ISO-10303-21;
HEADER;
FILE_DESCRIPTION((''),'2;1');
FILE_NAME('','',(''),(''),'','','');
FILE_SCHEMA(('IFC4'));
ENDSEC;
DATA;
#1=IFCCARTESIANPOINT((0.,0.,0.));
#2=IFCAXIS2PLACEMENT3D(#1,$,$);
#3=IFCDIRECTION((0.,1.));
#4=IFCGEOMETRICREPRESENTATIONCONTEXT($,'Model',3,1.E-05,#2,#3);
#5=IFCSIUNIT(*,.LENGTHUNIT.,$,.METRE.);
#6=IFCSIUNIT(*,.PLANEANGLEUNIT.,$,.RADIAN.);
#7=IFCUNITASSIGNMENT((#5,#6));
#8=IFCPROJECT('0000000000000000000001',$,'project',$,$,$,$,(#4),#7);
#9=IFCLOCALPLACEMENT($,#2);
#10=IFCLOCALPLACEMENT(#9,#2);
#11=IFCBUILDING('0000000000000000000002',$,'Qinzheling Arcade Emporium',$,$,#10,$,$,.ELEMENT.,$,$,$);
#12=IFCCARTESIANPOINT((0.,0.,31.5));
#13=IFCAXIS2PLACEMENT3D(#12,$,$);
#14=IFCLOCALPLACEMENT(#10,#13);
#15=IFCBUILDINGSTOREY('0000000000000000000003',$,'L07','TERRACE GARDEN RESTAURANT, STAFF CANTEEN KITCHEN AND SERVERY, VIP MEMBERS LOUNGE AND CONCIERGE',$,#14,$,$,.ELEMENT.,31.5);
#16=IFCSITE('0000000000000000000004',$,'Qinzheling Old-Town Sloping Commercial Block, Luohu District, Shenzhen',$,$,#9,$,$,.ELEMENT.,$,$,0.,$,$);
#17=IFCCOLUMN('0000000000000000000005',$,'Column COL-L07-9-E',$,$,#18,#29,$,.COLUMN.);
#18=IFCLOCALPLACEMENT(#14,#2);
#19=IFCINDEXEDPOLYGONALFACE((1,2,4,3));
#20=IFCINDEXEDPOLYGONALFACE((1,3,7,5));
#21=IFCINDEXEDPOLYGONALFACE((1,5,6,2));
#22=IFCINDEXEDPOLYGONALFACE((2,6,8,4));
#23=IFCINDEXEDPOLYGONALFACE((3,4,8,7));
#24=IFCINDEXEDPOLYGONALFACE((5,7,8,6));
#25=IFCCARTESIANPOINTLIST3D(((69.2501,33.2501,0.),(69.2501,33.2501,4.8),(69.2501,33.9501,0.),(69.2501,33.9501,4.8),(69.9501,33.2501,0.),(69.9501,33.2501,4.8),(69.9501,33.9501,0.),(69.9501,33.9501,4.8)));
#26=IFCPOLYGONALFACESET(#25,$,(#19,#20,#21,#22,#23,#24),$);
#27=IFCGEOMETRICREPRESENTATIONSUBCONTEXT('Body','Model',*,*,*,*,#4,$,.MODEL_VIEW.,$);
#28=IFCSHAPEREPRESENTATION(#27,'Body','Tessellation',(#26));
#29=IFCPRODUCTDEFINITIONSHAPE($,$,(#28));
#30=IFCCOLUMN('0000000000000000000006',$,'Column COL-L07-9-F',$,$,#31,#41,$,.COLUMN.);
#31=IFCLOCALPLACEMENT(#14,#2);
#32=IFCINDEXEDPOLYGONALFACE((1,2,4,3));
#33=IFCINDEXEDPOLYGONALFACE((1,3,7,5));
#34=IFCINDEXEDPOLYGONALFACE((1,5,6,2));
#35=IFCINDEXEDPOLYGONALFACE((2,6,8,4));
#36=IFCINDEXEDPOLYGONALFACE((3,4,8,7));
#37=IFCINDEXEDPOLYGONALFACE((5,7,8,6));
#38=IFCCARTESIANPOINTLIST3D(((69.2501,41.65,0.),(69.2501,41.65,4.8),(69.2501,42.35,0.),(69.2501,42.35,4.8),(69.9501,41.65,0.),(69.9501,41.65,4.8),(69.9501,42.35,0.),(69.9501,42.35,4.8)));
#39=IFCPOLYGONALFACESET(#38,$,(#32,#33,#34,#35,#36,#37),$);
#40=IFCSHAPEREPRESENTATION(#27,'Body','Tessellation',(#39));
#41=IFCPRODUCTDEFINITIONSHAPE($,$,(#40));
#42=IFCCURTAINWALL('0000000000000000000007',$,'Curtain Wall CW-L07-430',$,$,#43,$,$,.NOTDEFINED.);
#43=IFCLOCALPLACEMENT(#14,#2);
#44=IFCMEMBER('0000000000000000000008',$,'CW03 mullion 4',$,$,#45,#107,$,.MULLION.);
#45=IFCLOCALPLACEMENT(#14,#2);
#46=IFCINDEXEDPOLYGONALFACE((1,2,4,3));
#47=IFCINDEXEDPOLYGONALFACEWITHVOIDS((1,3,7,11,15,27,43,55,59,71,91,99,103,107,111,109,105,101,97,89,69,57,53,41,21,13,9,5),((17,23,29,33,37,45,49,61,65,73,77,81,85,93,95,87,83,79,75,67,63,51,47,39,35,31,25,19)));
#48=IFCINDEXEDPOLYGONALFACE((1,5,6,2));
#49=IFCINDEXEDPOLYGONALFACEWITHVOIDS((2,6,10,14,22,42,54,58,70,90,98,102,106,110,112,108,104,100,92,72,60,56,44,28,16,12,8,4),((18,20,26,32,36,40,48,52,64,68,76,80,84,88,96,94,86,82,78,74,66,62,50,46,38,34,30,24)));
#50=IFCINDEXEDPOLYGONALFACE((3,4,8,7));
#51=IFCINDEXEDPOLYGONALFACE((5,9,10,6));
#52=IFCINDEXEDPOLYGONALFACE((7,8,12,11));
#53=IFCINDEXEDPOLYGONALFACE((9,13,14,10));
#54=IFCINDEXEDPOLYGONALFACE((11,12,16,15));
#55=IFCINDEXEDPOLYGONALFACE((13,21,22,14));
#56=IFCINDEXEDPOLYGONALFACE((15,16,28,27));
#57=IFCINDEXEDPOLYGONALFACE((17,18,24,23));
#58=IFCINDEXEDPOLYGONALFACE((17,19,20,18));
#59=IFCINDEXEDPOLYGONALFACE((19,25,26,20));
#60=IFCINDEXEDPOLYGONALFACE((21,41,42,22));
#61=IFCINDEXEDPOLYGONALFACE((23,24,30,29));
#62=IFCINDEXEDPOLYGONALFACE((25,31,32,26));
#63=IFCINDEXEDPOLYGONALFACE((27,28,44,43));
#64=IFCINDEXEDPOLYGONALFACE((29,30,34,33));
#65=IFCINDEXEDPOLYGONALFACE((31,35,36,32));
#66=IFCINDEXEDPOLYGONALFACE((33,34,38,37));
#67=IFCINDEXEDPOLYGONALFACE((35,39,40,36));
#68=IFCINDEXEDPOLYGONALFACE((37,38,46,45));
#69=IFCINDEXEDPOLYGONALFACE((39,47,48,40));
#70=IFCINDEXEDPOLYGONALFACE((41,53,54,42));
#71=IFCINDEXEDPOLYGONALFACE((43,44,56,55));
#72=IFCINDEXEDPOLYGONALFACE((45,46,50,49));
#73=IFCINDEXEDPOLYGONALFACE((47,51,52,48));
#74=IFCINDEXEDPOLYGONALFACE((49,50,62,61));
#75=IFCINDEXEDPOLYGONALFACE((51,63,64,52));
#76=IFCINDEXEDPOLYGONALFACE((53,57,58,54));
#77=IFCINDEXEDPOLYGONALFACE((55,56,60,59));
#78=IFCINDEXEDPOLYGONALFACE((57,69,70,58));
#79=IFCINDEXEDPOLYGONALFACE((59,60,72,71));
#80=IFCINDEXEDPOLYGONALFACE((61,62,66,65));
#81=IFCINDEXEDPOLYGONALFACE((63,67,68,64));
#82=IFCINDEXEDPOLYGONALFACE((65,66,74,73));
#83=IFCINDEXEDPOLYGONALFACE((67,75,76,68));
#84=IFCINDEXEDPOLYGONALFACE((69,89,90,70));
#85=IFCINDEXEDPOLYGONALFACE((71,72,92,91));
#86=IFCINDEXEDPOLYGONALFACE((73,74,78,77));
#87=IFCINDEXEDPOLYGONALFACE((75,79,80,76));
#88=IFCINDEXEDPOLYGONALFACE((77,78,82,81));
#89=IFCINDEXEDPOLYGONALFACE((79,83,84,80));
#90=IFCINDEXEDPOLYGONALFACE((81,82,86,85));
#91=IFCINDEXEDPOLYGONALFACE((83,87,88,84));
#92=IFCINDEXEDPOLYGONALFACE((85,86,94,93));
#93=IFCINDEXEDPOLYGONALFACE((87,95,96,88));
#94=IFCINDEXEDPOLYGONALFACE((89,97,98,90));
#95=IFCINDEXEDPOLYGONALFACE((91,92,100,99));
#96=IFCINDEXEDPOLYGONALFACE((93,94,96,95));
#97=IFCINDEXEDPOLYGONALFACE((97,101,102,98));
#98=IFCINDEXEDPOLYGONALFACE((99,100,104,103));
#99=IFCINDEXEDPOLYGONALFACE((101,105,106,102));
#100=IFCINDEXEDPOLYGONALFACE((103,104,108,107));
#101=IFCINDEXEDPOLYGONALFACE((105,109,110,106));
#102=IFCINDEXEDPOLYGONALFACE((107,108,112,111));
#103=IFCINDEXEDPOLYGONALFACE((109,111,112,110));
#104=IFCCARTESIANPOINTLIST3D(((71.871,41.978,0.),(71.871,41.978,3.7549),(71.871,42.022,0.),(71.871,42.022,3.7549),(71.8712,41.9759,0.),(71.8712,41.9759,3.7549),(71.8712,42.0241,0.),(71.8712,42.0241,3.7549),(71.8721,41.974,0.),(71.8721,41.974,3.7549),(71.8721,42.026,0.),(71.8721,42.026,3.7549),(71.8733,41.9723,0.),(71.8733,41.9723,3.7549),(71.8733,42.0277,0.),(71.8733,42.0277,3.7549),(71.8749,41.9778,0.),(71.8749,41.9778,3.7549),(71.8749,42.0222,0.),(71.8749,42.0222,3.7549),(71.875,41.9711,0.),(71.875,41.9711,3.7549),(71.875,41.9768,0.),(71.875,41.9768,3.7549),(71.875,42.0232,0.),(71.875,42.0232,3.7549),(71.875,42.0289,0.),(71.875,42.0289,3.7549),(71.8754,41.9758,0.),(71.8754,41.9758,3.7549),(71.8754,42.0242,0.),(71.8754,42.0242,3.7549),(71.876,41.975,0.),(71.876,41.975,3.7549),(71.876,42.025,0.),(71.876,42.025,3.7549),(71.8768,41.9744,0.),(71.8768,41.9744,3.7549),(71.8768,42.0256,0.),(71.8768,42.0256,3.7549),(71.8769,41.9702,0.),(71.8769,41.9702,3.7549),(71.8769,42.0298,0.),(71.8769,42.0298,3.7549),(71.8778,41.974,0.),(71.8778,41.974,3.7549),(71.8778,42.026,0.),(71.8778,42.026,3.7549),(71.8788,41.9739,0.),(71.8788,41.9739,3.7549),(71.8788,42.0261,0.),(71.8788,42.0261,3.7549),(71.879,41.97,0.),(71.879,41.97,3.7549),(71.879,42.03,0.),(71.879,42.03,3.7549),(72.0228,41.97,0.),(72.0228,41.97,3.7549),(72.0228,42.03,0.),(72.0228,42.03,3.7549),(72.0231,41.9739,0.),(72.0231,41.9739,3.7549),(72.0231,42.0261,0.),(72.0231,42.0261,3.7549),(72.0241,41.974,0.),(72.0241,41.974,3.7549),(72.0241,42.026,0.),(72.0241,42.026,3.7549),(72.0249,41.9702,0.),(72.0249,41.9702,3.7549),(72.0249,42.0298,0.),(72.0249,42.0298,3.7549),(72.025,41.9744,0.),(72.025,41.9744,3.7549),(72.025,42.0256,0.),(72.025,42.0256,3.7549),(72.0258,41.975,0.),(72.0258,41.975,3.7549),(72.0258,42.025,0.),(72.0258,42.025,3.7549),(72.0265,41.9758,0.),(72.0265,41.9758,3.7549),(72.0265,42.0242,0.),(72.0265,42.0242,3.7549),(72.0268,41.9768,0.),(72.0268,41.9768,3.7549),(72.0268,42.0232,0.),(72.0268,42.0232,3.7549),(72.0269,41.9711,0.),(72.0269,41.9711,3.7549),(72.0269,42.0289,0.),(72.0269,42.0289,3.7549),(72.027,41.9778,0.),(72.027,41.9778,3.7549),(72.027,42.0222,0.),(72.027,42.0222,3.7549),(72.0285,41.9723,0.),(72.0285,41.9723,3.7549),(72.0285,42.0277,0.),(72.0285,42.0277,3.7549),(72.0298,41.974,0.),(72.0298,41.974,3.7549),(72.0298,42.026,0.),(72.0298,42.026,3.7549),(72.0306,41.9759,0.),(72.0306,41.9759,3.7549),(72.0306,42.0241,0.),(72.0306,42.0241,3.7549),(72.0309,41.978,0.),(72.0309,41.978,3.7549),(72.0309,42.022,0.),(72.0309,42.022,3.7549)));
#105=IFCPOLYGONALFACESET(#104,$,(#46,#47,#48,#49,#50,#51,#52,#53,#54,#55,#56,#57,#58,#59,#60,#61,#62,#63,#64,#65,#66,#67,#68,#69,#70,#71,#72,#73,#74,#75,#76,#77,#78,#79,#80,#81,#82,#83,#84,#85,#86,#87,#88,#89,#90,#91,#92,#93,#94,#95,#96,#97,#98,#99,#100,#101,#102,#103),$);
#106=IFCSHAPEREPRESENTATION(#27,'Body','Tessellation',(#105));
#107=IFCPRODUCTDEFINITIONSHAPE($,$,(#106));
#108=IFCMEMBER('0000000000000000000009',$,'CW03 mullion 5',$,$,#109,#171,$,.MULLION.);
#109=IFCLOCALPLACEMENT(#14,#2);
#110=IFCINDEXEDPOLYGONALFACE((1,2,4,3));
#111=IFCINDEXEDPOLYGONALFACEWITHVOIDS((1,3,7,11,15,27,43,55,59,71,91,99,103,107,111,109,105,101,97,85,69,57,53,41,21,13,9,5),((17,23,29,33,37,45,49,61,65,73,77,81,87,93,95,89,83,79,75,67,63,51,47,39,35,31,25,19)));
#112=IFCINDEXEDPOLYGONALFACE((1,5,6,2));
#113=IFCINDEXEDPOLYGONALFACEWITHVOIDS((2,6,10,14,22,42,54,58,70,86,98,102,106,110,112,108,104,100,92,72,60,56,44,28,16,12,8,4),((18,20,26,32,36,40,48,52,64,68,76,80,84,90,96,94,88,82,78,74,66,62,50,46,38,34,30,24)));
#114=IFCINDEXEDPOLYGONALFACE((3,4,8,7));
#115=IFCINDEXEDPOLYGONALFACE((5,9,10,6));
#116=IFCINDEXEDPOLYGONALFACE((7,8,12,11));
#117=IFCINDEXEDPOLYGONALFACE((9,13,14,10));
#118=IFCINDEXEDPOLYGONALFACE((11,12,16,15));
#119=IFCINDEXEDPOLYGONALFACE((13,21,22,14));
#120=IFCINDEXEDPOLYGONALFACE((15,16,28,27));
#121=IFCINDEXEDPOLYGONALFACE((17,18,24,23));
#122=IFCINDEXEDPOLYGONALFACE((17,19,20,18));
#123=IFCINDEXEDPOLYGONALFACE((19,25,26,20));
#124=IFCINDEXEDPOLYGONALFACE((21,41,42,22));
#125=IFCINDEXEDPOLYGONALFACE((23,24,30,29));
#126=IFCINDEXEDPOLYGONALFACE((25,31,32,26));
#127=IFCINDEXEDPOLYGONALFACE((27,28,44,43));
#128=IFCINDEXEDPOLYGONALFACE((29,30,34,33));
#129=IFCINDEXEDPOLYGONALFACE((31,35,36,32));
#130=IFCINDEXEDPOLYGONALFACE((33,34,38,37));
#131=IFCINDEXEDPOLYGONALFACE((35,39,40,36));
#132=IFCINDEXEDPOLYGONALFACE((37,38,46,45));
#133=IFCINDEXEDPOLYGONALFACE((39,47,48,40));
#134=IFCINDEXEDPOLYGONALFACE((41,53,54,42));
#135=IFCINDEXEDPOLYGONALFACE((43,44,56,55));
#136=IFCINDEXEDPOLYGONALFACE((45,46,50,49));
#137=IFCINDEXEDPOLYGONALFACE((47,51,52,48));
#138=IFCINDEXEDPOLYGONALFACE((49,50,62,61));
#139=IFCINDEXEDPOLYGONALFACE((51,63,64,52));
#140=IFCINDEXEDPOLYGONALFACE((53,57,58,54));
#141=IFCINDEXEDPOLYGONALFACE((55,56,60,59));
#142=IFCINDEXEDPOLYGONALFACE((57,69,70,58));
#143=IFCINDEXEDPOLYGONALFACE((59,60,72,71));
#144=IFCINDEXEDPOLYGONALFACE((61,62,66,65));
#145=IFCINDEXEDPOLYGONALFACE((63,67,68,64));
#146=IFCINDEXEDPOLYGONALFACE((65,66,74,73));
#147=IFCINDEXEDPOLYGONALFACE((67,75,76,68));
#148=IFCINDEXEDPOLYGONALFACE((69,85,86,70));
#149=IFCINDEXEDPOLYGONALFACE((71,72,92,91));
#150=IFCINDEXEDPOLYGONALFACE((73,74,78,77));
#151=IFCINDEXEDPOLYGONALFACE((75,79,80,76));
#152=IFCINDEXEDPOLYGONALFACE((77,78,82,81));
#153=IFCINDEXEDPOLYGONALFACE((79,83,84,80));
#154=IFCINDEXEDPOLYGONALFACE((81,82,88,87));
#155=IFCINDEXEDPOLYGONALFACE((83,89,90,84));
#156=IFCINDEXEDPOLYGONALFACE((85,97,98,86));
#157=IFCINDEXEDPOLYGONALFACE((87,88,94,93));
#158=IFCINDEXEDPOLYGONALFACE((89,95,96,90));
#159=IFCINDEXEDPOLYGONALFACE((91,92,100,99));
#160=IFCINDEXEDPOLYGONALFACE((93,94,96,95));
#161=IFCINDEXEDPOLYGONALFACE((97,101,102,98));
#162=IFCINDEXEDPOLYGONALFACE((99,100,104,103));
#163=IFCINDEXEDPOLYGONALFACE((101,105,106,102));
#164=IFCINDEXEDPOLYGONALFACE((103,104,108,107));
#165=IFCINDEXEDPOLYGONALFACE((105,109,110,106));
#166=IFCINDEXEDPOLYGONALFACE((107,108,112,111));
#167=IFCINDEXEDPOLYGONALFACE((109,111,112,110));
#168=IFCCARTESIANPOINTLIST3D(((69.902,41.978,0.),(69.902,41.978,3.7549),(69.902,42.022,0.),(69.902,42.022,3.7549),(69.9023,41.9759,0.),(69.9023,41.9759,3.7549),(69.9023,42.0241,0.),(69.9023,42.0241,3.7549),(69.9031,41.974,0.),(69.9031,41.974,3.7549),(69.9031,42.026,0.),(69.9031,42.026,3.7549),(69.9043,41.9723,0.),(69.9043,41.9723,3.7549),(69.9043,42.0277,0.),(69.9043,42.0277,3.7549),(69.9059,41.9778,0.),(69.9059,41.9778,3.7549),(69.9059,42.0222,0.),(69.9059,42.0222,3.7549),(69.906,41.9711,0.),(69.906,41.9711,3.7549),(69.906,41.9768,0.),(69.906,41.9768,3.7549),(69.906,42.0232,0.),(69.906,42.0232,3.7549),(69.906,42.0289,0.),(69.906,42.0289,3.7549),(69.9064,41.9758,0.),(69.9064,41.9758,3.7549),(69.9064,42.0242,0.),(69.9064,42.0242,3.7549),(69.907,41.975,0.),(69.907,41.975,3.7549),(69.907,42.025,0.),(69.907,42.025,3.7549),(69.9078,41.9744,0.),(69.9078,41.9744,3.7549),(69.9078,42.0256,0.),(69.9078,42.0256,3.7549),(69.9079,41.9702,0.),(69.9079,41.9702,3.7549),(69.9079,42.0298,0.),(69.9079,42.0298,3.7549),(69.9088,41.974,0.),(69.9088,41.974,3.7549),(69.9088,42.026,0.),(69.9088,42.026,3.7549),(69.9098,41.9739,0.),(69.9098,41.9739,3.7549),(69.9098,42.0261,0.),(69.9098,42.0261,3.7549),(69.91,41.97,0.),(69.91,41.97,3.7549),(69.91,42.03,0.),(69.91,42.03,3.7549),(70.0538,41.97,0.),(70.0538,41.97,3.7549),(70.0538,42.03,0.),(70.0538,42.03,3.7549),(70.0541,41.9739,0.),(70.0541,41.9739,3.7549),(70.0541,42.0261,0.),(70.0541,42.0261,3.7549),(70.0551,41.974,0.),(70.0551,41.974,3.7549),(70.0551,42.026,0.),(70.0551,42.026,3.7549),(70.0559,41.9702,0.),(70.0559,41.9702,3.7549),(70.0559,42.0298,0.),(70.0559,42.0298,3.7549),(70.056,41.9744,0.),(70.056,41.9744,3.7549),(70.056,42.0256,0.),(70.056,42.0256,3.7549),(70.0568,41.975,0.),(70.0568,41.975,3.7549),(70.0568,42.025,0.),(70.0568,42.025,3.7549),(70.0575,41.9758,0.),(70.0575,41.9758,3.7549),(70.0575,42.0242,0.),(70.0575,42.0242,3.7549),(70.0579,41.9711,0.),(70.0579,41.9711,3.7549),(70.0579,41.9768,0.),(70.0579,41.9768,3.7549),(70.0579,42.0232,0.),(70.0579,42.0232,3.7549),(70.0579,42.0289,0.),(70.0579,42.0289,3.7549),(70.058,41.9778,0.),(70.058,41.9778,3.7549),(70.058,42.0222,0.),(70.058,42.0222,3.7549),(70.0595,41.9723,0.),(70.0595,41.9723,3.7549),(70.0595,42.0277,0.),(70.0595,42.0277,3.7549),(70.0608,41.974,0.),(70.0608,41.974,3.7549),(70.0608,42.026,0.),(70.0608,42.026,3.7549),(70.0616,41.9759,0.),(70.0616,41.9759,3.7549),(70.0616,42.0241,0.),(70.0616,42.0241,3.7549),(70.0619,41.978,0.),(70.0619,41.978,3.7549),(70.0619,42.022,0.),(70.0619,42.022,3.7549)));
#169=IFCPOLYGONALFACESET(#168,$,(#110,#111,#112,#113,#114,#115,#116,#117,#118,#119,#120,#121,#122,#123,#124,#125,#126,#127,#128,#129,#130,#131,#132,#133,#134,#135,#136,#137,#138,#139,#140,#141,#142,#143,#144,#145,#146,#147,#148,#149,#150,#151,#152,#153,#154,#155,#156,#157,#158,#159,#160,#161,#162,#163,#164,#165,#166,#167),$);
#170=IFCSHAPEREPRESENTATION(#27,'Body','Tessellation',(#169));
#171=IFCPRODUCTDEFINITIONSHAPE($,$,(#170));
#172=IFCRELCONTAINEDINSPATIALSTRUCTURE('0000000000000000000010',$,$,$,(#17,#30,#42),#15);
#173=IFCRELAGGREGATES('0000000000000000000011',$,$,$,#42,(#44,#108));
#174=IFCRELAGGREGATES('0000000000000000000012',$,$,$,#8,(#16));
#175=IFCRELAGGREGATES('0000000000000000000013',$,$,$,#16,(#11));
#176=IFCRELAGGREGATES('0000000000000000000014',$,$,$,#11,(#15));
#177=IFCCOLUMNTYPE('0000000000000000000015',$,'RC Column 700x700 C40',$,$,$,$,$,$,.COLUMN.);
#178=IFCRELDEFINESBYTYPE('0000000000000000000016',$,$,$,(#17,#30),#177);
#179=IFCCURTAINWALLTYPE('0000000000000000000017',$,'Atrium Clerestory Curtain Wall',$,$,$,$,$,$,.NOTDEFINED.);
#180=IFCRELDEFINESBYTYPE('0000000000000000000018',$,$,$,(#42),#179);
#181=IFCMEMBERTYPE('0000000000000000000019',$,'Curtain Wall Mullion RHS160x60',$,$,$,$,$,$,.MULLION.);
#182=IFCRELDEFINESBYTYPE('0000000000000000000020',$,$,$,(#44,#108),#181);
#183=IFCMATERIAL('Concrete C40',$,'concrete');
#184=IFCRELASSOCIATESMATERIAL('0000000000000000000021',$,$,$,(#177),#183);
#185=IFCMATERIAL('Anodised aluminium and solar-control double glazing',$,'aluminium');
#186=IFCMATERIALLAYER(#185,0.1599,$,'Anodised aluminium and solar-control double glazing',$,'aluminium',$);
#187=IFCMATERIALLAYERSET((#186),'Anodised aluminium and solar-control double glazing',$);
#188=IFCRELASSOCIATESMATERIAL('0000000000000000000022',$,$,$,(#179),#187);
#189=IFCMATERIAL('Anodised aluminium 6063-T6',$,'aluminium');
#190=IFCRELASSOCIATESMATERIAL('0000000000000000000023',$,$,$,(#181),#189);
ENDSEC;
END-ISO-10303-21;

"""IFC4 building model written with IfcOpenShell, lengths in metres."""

from ifc_helpers import new_model, si_unit, direction, frame, origin, origin_2d, place, context, subcontext, project, spatial, rectangle, hollow_rectangle, extrude, material, layer, layer_set, material_profile, profile_set, type_object, element, aggregate, save


model = new_model("IFC4")

# Units and contexts
model_context = context("Model", 3, precision=1e-05, world=origin(), true_north=direction((0.0, 1.0)))
body_context = subcontext(model_context, "Body", "Model", "MODEL_VIEW")
ifc_project = project(units=[si_unit("LENGTHUNIT", "METRE"), si_unit("PLANEANGLEUNIT", "RADIAN")], contexts=[model_context])

# Site, building, storey
site_placement = place(None, origin())
site = spatial("IfcSite", under=ifc_project, at=site_placement, Name="Qinzheling Old-Town Sloping Commercial Block, Luohu District, Shenzhen", CompositionType="ELEMENT", RefElevation=0.0)
building_placement = place(site_placement, origin())
building = spatial("IfcBuilding", under=site, at=building_placement, Name="Qinzheling Arcade Emporium", CompositionType="ELEMENT")
storey_placement = place(building_placement, frame((0.0, 0.0, 31.5)))
storey = spatial("IfcBuildingStorey", under=building, at=storey_placement, Name="L07", Description="TERRACE GARDEN RESTAURANT, STAFF CANTEEN KITCHEN AND SERVERY, VIP MEMBERS LOUNGE AND CONCIERGE", CompositionType="ELEMENT", Elevation=31.5)

# Columns
ifc_material_1 = material(Name="Concrete C40", Category="concrete")
ifc_material_profile_1 = material_profile(ifc_material_1, rectangle(XDim=0.7, YDim=0.7, at=origin_2d()), Name="RC 700x700", Category="concrete")
ifc_profile_set_1 = profile_set([ifc_material_profile_1], Name="Concrete C40")
column_type = type_object("IfcColumnType", Name="RC Column 700x700 C40", PredefinedType="COLUMN", material=ifc_profile_set_1)
for number, where, z_axis, x_axis, name in (
    (1, (69.6001, 33.6001, 0.0), (0.0, 0.0, 1.0), (1.0, 0.0, 0.0), "Column COL-L07-9-E"),
    (2, (69.6001, 42.0, 0.0), (0.0, 0.0, 1.0), (1.0, 0.0, 0.0), "Column COL-L07-9-F"),
):
    element("IfcColumn", number, at=place(storey_placement, frame(where, z_axis=z_axis, x_axis=x_axis)), inside=storey, type_object=column_type, Name=name, PredefinedType="COLUMN", context=body_context, shape_type="SweptSolid", body=[
        extrude(rectangle(XDim=0.7, YDim=0.7, at=origin_2d()), origin(), (0.0, 0.0, 1.0), 4.8),
    ])

# Curtain wall, members
ifc_material_2 = material(Name="Anodised aluminium and solar-control double glazing", Category="aluminium")
ifc_layer_1 = layer(ifc_material_2, 0.1599, Name="Anodised aluminium and solar-control double glazing", Category="aluminium")
ifc_layer_set_1 = layer_set([ifc_layer_1], Name="Anodised aluminium and solar-control double glazing")
curtain_wall_type_1 = type_object("IfcCurtainWallType", Name="Atrium Clerestory Curtain Wall", PredefinedType="NOTDEFINED", material=ifc_layer_set_1)
curtain_wall_1_placement = place(storey_placement, origin())
curtain_wall_1 = element("IfcCurtainWall", 3, at=curtain_wall_1_placement, inside=storey, type_object=curtain_wall_type_1, Name="Curtain Wall CW-L07-430", PredefinedType="NOTDEFINED")
ifc_material_3 = material(Name="Anodised aluminium 6063-T6", Category="aluminium")
ifc_material_profile_2 = material_profile(ifc_material_3, hollow_rectangle(XDim=0.0601, YDim=0.1599, WallThickness=0.0039, InnerFilletRadius=0.0039, OuterFilletRadius=0.0081, at=origin_2d()), Name="RHS 160x60x4", Category="aluminium")
ifc_profile_set_2 = profile_set([ifc_material_profile_2], Name="Anodised aluminium 6063-T6")
member_type_1 = type_object("IfcMemberType", Name="Curtain Wall Mullion RHS160x60", PredefinedType="MULLION", material=ifc_profile_set_2)
member_1_placement = place(storey_placement, frame((71.9509, 42.0, 0.0), z_axis=(0.0, 0.0, 1.0), x_axis=(0.0, -1.0, 0.0)))
member_1 = element("IfcMember", 4, at=member_1_placement, type_object=member_type_1, Name="CW03 mullion 4", PredefinedType="MULLION", context=body_context, shape_type="SweptSolid", body=[
    extrude(hollow_rectangle(XDim=0.0601, YDim=0.1599, WallThickness=0.0039, InnerFilletRadius=0.0039, OuterFilletRadius=0.0081, at=origin_2d()), origin(), (0.0, 0.0, 1.0), 3.7549),
])
member_2_placement = place(storey_placement, frame((69.9819, 42.0, 0.0), z_axis=(0.0, 0.0, 1.0), x_axis=(0.0, -1.0, 0.0)))
member_2 = element("IfcMember", 5, at=member_2_placement, type_object=member_type_1, Name="CW03 mullion 5", PredefinedType="MULLION", context=body_context, shape_type="SweptSolid", body=[
    extrude(hollow_rectangle(XDim=0.0601, YDim=0.1599, WallThickness=0.0039, InnerFilletRadius=0.0039, OuterFilletRadius=0.0081, at=origin_2d()), origin(), (0.0, 0.0, 1.0), 3.7549),
])

aggregate(curtain_wall_1, [member_1, member_2])

save(model, "model.ifc")
